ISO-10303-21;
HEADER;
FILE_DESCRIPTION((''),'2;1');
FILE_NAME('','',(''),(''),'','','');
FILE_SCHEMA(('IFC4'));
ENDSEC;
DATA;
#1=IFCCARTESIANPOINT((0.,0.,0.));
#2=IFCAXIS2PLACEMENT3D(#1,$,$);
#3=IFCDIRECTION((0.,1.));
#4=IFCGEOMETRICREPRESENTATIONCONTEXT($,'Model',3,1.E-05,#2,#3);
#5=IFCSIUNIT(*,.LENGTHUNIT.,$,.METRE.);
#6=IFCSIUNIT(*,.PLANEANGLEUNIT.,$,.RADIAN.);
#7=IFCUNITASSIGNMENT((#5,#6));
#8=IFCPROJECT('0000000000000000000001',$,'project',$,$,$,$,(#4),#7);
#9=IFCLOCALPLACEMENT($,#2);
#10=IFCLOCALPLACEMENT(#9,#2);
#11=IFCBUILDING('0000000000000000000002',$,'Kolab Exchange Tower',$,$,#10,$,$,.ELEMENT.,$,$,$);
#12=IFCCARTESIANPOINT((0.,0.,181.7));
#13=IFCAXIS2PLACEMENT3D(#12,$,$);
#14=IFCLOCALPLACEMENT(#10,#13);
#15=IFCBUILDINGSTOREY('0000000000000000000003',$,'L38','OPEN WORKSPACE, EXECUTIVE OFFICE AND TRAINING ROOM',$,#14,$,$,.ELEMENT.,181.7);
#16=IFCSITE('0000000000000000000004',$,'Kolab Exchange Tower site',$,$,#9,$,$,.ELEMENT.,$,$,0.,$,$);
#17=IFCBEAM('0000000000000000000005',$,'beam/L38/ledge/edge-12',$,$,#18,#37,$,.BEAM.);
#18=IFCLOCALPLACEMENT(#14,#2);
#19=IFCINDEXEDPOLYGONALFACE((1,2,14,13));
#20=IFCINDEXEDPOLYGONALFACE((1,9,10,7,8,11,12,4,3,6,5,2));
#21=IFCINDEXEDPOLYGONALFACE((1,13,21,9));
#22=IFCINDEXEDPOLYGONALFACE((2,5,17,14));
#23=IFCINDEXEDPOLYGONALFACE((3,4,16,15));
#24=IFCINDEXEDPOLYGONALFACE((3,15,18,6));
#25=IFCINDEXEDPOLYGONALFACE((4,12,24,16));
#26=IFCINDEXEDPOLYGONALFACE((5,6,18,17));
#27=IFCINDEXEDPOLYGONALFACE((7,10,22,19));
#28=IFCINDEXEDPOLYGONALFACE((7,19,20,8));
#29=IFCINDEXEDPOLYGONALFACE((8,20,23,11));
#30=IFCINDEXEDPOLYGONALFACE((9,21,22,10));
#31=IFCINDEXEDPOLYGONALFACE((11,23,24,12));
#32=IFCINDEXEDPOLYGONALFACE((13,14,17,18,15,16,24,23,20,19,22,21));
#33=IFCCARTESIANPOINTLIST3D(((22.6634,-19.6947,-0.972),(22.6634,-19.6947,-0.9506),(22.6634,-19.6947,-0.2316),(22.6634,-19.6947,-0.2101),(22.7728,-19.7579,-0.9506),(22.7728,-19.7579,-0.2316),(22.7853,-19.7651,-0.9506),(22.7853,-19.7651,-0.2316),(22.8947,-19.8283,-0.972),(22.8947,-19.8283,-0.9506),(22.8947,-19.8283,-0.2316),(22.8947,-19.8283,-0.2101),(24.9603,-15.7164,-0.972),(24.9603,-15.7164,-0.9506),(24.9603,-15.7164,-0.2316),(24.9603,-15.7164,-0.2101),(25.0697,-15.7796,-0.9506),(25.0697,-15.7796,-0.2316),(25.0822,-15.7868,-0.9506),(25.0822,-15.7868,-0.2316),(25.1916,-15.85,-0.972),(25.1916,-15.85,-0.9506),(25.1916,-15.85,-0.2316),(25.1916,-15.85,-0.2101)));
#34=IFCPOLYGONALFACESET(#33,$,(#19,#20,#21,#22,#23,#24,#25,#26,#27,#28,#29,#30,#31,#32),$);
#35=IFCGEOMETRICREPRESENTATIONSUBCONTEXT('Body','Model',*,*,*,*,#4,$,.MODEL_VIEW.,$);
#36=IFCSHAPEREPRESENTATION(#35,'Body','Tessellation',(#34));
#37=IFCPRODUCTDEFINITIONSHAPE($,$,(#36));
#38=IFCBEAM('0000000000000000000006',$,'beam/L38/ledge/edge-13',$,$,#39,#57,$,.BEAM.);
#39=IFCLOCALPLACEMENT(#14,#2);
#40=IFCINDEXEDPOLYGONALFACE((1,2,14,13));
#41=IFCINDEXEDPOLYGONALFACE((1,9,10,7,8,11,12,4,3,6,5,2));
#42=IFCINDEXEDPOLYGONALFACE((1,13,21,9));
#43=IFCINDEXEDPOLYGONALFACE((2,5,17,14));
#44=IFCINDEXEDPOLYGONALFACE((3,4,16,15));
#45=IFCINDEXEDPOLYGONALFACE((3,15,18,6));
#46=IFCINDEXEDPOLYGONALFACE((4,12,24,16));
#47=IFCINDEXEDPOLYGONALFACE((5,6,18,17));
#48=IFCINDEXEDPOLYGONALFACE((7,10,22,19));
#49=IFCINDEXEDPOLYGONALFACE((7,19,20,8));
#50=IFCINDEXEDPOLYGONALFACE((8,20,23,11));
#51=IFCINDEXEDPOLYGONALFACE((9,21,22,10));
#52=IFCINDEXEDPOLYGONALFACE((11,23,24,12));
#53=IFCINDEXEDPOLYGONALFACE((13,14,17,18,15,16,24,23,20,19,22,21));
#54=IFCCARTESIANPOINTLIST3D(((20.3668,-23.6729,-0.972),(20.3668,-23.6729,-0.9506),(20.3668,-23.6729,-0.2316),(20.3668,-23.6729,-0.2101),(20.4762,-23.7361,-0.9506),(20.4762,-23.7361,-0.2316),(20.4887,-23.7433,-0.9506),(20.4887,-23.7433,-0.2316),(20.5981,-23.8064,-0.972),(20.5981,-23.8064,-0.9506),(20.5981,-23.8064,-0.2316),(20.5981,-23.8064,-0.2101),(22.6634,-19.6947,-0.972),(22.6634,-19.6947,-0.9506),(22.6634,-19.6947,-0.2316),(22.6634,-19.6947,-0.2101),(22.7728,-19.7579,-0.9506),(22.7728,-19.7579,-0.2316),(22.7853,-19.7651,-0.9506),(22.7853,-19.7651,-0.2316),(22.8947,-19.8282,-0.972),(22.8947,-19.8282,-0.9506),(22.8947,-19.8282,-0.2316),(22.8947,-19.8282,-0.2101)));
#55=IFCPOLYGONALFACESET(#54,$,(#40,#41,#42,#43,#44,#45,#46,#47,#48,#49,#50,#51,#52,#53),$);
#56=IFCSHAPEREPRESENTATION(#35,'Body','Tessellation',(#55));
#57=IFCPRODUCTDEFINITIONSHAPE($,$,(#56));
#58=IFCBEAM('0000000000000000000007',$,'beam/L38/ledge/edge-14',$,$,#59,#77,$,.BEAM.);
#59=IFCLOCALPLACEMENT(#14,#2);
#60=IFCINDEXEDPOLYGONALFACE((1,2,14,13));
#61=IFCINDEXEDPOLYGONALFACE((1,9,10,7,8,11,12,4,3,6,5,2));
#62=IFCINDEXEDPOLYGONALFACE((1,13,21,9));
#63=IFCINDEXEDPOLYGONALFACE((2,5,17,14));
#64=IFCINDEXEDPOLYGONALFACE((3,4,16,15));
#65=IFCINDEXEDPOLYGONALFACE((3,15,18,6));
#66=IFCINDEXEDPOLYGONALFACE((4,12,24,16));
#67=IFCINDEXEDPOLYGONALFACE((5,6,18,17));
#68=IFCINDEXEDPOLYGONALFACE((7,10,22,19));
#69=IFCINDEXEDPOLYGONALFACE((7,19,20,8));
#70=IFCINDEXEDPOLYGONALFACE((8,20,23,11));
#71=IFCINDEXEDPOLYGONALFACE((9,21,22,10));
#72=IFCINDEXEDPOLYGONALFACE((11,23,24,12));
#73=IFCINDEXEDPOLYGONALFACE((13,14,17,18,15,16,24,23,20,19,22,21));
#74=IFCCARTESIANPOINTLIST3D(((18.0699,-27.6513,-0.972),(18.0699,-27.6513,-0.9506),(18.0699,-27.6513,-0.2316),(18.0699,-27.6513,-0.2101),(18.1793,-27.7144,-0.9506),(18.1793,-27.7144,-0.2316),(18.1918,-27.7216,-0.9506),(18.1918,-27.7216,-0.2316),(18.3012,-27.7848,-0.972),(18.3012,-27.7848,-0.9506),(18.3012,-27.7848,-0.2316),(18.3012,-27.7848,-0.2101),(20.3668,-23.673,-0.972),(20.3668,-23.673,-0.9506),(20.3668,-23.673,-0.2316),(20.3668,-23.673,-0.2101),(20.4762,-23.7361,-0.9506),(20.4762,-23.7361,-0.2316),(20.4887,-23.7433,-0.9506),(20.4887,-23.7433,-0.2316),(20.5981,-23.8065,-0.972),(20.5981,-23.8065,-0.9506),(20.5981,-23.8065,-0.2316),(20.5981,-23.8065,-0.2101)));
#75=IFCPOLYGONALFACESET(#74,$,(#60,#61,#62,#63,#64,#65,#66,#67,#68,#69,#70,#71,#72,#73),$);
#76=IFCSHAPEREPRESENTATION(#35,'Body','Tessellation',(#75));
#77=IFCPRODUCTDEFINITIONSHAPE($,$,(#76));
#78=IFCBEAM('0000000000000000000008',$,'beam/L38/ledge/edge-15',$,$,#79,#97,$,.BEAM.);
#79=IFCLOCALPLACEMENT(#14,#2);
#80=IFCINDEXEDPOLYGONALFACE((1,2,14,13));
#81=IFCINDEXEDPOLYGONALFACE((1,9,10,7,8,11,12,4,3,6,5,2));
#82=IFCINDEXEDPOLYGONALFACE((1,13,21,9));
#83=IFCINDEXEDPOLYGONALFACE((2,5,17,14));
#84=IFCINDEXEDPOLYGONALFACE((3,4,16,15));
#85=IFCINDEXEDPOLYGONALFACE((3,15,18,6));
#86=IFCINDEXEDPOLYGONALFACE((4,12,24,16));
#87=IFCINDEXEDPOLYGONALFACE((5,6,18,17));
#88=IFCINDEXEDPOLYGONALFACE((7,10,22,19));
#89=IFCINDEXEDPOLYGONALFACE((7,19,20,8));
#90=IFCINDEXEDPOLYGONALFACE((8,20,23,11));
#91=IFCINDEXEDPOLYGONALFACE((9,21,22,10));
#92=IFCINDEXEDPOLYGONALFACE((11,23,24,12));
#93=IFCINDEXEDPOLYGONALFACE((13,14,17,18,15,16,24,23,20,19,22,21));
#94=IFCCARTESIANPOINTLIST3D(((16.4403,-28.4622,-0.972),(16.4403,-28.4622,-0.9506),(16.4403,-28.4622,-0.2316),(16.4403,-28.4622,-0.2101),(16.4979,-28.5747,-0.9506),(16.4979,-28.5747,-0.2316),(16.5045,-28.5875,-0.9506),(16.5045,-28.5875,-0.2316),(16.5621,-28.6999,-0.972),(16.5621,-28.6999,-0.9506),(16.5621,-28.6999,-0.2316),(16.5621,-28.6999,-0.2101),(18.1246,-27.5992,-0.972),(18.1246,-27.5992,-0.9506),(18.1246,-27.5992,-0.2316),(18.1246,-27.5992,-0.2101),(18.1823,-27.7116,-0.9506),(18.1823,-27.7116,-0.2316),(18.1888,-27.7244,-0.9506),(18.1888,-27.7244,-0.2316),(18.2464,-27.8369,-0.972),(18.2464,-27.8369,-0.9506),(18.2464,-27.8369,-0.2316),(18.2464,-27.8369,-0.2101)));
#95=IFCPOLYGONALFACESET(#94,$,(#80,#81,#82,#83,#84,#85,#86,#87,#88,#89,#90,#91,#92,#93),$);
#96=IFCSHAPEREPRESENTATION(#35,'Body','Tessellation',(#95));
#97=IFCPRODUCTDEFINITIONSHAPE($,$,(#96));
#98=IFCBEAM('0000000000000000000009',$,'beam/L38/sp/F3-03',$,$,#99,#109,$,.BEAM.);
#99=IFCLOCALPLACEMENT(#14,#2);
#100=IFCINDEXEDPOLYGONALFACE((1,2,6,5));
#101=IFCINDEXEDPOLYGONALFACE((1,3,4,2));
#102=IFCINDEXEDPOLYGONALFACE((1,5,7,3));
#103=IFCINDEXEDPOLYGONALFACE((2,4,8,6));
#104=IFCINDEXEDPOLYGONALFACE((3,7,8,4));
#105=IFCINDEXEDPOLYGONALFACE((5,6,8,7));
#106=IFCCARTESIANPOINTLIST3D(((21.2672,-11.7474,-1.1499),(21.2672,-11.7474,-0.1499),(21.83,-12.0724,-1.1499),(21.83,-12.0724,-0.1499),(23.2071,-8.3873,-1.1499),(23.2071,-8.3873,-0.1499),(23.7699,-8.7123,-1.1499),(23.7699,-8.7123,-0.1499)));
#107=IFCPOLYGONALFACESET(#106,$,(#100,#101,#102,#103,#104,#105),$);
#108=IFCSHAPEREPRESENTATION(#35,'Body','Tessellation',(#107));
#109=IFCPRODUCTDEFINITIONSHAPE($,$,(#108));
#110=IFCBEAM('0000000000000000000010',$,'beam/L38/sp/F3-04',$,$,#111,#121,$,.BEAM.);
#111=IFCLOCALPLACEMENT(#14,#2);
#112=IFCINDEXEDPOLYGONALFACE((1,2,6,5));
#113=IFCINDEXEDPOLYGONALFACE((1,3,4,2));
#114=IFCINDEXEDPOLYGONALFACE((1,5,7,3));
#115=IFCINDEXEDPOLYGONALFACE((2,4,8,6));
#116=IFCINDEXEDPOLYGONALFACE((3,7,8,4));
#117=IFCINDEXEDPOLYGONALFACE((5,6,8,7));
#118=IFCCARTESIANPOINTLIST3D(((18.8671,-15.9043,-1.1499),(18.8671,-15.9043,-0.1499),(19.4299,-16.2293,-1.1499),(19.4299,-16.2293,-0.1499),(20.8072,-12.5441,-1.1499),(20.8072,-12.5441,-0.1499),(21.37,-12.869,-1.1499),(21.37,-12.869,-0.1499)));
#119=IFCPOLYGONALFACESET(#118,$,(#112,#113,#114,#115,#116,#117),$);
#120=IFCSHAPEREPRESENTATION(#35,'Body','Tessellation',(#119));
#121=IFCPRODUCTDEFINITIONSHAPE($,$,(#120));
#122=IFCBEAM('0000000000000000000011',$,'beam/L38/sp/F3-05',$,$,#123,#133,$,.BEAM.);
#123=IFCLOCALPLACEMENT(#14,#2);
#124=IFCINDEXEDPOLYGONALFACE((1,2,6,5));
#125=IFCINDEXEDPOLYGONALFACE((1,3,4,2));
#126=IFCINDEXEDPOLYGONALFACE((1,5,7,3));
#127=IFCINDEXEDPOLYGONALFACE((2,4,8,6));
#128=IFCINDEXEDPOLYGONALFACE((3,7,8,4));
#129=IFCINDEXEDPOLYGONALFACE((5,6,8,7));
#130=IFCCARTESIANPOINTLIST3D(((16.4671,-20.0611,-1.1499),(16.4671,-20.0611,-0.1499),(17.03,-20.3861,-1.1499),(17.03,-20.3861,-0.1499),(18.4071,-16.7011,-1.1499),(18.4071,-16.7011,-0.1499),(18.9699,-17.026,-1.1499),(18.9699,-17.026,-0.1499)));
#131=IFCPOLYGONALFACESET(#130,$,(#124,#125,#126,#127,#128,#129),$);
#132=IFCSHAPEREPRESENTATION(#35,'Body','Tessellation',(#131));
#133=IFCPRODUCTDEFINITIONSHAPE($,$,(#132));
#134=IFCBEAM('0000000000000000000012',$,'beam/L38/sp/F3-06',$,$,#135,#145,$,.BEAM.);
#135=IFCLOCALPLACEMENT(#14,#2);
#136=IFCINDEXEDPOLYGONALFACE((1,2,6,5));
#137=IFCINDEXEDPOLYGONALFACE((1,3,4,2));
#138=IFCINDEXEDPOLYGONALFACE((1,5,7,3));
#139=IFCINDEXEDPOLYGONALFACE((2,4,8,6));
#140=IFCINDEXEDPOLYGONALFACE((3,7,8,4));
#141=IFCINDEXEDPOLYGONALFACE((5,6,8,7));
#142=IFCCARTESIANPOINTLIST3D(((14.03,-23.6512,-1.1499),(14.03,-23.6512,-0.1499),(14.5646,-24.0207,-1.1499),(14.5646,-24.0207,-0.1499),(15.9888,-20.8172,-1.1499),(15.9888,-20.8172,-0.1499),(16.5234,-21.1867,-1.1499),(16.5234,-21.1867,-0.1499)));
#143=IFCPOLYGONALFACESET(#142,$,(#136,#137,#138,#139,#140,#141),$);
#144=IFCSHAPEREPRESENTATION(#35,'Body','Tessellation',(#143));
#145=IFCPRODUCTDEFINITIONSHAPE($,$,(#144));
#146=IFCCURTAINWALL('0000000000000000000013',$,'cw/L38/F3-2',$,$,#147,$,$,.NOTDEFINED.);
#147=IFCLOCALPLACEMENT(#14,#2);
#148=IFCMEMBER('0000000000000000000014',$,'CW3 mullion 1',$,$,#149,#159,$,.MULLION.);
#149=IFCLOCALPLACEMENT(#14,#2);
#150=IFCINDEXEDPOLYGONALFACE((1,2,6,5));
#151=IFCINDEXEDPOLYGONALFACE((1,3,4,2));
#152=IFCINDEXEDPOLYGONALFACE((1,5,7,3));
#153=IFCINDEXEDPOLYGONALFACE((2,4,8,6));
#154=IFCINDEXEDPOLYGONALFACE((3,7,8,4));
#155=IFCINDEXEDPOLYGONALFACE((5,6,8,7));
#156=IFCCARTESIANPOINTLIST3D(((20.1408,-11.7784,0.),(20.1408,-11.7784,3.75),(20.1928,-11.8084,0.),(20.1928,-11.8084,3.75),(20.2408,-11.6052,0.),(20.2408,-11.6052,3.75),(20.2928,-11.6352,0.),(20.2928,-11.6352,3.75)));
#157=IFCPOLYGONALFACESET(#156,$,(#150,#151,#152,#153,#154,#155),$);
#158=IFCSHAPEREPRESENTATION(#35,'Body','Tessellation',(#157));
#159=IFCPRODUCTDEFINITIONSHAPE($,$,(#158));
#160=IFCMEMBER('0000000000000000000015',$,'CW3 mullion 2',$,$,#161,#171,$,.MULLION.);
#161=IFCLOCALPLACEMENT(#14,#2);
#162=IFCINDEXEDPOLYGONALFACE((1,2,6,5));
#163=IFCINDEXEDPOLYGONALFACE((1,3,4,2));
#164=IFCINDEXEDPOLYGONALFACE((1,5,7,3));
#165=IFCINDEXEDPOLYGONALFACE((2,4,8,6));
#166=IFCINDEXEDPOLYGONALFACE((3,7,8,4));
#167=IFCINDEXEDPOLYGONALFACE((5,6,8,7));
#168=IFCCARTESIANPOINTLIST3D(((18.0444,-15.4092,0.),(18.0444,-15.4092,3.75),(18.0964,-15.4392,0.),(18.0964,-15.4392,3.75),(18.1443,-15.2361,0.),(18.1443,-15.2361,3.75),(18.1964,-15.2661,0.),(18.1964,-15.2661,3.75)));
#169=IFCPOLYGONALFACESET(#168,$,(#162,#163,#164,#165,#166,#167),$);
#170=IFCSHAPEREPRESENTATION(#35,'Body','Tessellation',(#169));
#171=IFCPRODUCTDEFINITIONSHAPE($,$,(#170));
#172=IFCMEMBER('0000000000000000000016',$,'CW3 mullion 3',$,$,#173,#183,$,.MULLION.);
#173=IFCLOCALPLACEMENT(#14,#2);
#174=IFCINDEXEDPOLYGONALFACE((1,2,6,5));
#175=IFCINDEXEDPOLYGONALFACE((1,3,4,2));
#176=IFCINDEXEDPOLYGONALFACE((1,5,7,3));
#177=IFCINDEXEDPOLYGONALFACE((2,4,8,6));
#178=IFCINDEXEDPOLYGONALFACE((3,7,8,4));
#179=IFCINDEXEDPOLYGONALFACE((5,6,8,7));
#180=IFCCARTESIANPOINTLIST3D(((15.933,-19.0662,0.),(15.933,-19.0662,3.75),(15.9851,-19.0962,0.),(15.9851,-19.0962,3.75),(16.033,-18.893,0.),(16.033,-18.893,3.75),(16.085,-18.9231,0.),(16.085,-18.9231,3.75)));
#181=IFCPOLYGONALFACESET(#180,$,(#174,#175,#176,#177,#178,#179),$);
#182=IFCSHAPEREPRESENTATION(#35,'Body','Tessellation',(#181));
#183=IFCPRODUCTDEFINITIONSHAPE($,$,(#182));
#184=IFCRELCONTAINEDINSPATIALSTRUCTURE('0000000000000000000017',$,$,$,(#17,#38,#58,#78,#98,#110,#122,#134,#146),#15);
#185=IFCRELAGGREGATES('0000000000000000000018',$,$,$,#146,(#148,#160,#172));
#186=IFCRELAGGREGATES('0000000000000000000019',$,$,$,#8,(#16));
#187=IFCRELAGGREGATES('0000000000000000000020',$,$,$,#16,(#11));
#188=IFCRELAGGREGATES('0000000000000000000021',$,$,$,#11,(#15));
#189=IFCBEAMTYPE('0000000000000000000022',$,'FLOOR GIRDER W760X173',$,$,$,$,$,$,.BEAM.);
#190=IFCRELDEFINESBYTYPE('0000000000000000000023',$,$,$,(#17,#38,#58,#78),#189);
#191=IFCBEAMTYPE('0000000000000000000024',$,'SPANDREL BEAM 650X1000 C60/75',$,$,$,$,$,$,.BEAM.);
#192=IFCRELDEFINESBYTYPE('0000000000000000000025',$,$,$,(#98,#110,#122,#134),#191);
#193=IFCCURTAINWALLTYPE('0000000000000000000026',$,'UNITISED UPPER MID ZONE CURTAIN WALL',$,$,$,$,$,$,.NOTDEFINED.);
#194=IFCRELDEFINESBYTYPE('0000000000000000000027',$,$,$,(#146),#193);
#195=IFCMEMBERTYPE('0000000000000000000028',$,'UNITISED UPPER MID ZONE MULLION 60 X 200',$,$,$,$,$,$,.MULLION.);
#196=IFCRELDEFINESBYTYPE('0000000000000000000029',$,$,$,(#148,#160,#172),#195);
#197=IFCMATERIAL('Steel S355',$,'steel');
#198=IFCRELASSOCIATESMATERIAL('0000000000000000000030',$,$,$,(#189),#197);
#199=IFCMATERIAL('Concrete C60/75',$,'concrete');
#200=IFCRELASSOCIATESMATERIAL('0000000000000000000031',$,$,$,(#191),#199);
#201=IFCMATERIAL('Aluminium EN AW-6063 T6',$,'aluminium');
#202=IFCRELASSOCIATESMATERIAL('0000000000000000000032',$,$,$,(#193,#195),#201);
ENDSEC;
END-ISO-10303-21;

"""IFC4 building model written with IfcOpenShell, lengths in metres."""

from ifc_helpers import new_model, si_unit, direction, frame, origin, origin_2d, place, context, subcontext, project, spatial, rectangle, i_section, extrude, material, material_profile, profile_set, type_object, element, aggregate, save


model = new_model("IFC4")

# Units and contexts
model_context = context("Model", 3, precision=1e-05, world=origin(), true_north=direction((0.0, 1.0)))
body_context = subcontext(model_context, "Body", "Model", "MODEL_VIEW")
ifc_project = project(units=[si_unit("LENGTHUNIT", "METRE"), si_unit("PLANEANGLEUNIT", "RADIAN")], contexts=[model_context])

# Site, building, storey
site_placement = place(None, origin())
site = spatial("IfcSite", under=ifc_project, at=site_placement, Name="Kolab Exchange Tower site", CompositionType="ELEMENT", RefElevation=0.0)
building_placement = place(site_placement, origin())
building = spatial("IfcBuilding", under=site, at=building_placement, Name="Kolab Exchange Tower", CompositionType="ELEMENT")
storey_placement = place(building_placement, frame((0.0, 0.0, 181.7)))
storey = spatial("IfcBuildingStorey", under=building, at=storey_placement, Name="L38", Description="OPEN WORKSPACE, EXECUTIVE OFFICE AND TRAINING ROOM", CompositionType="ELEMENT", Elevation=181.7)

# Shared definitions
ifc_material_1 = material(Name="Concrete C60/75", Category="concrete")

# Beams
ifc_material_2 = material(Name="Steel S355", Category="steel")
ifc_material_profile_1 = material_profile(ifc_material_2, i_section(OverallWidth=0.2671, OverallDepth=0.762, WebThickness=0.0144, FlangeThickness=0.0215, at=origin_2d()), Name="W760X173")
ifc_profile_set_1 = profile_set([ifc_material_profile_1], Name="Steel S355")
beam_type_1 = type_object("IfcBeamType", Name="FLOOR GIRDER W760X173", PredefinedType="BEAM", material=ifc_profile_set_1)
for number, where, z_axis, x_axis, name in (
    (1, (25.0759, -15.7832, -0.5911), (-0.500003, -0.866024, 0.0), (0.866024, -0.500003, 0.0), "beam/L38/ledge/edge-12"),
):
    element("IfcBeam", number, at=place(storey_placement, frame(where, z_axis=z_axis, x_axis=x_axis)), inside=storey, type_object=beam_type_1, Name=name, PredefinedType="BEAM", context=body_context, shape_type="SweptSolid", body=[
        extrude(i_section(OverallWidth=0.2671, OverallDepth=0.762, WebThickness=0.0144, FlangeThickness=0.0215, at=origin_2d()), origin(), (0.0, 0.0, 1.0), 4.5938),
    ])
beam_1_placement = place(storey_placement, frame((22.7791, -19.7615, -0.5911), z_axis=(-0.499963, -0.866047, 0.0), x_axis=(0.866047, -0.499963, 0.0)))
element("IfcBeam", 2, at=beam_1_placement, inside=storey, type_object=beam_type_1, Name="beam/L38/ledge/edge-13", PredefinedType="BEAM", context=body_context, shape_type="SweptSolid", body=[
    extrude(i_section(OverallWidth=0.2671, OverallDepth=0.762, WebThickness=0.0144, FlangeThickness=0.0215, at=origin_2d()), origin(), (0.0, 0.0, 1.0), 4.5935),
])
beam_2_placement = place(storey_placement, frame((20.4824, -23.7397, -0.5911), z_axis=(-0.500003, -0.866024, 0.0), x_axis=(0.866024, -0.500003, 0.0)))
element("IfcBeam", 3, at=beam_2_placement, inside=storey, type_object=beam_type_1, Name="beam/L38/ledge/edge-14", PredefinedType="BEAM", context=body_context, shape_type="SweptSolid", body=[
    extrude(i_section(OverallWidth=0.2671, OverallDepth=0.762, WebThickness=0.0144, FlangeThickness=0.0215, at=origin_2d()), origin(), (0.0, 0.0, 1.0), 4.5938),
])
beam_3_placement = place(storey_placement, frame((18.1855, -27.718, -0.5911), z_axis=(-0.889972, -0.456015, 0.0), x_axis=(0.456015, -0.889972, 0.0)))
element("IfcBeam", 4, at=beam_3_placement, inside=storey, type_object=beam_type_1, Name="beam/L38/ledge/edge-15", PredefinedType="BEAM", context=body_context, shape_type="SweptSolid", body=[
    extrude(i_section(OverallWidth=0.2671, OverallDepth=0.762, WebThickness=0.0144, FlangeThickness=0.0215, at=origin_2d()), origin(), (0.0, 0.0, 1.0), 1.8926),
])
ifc_material_profile_2 = material_profile(ifc_material_1, rectangle(XDim=0.6499, YDim=1.0, at=origin_2d()), Name="RC650X1000")
ifc_profile_set_2 = profile_set([ifc_material_profile_2], Name="Concrete C60/75")
beam_type_2 = type_object("IfcBeamType", Name="SPANDREL BEAM 650X1000 C60/75", PredefinedType="BEAM", material=ifc_profile_set_2)
beam_4_placement = place(storey_placement, frame((23.4885, -8.5498, -0.6499), z_axis=(-0.499997, -0.866027, 0.0), x_axis=(0.866027, -0.499997, 0.0)))
element("IfcBeam", 5, at=beam_4_placement, inside=storey, type_object=beam_type_2, Name="beam/L38/sp/F3-03", PredefinedType="BEAM", context=body_context, shape_type="SweptSolid", body=[
    extrude(rectangle(XDim=0.6499, YDim=1.0, at=origin_2d()), origin(), (0.0, 0.0, 1.0), 3.8799),
])
beam_5_placement = place(storey_placement, frame((21.0886, -12.7065, -0.6499), z_axis=(-0.500017, -0.866016, 0.0), x_axis=(0.866016, -0.500017, 0.0)))
element("IfcBeam", 6, at=beam_5_placement, inside=storey, type_object=beam_type_2, Name="beam/L38/sp/F3-04", PredefinedType="BEAM", context=body_context, shape_type="SweptSolid", body=[
    extrude(rectangle(XDim=0.6499, YDim=1.0, at=origin_2d()), origin(), (0.0, 0.0, 1.0), 3.8801),
])
beam_6_placement = place(storey_placement, frame((18.6885, -16.8635, -0.6499), z_axis=(-0.499997, -0.866027, 0.0), x_axis=(0.866027, -0.499997, 0.0)))
element("IfcBeam", 7, at=beam_6_placement, inside=storey, type_object=beam_type_2, Name="beam/L38/sp/F3-05", PredefinedType="BEAM", context=body_context, shape_type="SweptSolid", body=[
    extrude(rectangle(XDim=0.6499, YDim=1.0, at=origin_2d()), origin(), (0.0, 0.0, 1.0), 3.8799),
])
beam_7_placement = place(storey_placement, frame((16.2561, -21.002, -0.6499), z_axis=(-0.568572, -0.822633, 0.0), x_axis=(0.822633, -0.568572, 0.0)))
element("IfcBeam", 8, at=beam_7_placement, inside=storey, type_object=beam_type_2, Name="beam/L38/sp/F3-06", PredefinedType="BEAM", context=body_context, shape_type="SweptSolid", body=[
    extrude(rectangle(XDim=0.6499, YDim=1.0, at=origin_2d()), origin(), (0.0, 0.0, 1.0), 3.4451),
])

# Curtain wall, members
ifc_material_3 = material(Name="Aluminium EN AW-6063 T6", Category="aluminium")
curtain_wall_type = type_object("IfcCurtainWallType", Name="UNITISED UPPER MID ZONE CURTAIN WALL", PredefinedType="NOTDEFINED", material=ifc_material_3)
curtain_wall_placement = place(storey_placement, origin())
curtain_wall = element("IfcCurtainWall", 9, at=curtain_wall_placement, inside=storey, type_object=curtain_wall_type, Name="cw/L38/F3-2", PredefinedType="NOTDEFINED")
ifc_material_profile_3 = material_profile(ifc_material_3, rectangle(XDim=0.0601, YDim=0.2, at=origin_2d()), Name="RECT 60X200")
ifc_profile_set_3 = profile_set([ifc_material_profile_3], Name="Aluminium EN AW-6063 T6")
member_type_1 = type_object("IfcMemberType", Name="UNITISED UPPER MID ZONE MULLION 60 X 200", PredefinedType="MULLION", material=ifc_profile_set_3)
member_1_placement = place(storey_placement, frame((20.2168, -11.7068, 0.0), z_axis=(0.0, 0.0, 1.0), x_axis=(0.866025, -0.5, 0.0)))
member_1 = element("IfcMember", 10, at=member_1_placement, type_object=member_type_1, Name="CW3 mullion 1", PredefinedType="MULLION", context=body_context, shape_type="SweptSolid", body=[
    extrude(rectangle(XDim=0.0601, YDim=0.2, at=origin_2d()), origin(), (0.0, 0.0, 1.0), 3.75),
])
member_2_placement = place(storey_placement, frame((18.1204, -15.3376, 0.0), z_axis=(0.0, 0.0, 1.0), x_axis=(0.866025, -0.5, 0.0)))
member_2 = element("IfcMember", 11, at=member_2_placement, type_object=member_type_1, Name="CW3 mullion 2", PredefinedType="MULLION", context=body_context, shape_type="SweptSolid", body=[
    extrude(rectangle(XDim=0.0601, YDim=0.2, at=origin_2d()), origin(), (0.0, 0.0, 1.0), 3.75),
])
member_3_placement = place(storey_placement, frame((16.009, -18.9946, 0.0), z_axis=(0.0, 0.0, 1.0), x_axis=(0.866025, -0.5, 0.0)))
member_3 = element("IfcMember", 12, at=member_3_placement, type_object=member_type_1, Name="CW3 mullion 3", PredefinedType="MULLION", context=body_context, shape_type="SweptSolid", body=[
    extrude(rectangle(XDim=0.0601, YDim=0.2, at=origin_2d()), origin(), (0.0, 0.0, 1.0), 3.75),
])
aggregate(curtain_wall, [member_1, member_2, member_3])

save(model, "model.ifc")
